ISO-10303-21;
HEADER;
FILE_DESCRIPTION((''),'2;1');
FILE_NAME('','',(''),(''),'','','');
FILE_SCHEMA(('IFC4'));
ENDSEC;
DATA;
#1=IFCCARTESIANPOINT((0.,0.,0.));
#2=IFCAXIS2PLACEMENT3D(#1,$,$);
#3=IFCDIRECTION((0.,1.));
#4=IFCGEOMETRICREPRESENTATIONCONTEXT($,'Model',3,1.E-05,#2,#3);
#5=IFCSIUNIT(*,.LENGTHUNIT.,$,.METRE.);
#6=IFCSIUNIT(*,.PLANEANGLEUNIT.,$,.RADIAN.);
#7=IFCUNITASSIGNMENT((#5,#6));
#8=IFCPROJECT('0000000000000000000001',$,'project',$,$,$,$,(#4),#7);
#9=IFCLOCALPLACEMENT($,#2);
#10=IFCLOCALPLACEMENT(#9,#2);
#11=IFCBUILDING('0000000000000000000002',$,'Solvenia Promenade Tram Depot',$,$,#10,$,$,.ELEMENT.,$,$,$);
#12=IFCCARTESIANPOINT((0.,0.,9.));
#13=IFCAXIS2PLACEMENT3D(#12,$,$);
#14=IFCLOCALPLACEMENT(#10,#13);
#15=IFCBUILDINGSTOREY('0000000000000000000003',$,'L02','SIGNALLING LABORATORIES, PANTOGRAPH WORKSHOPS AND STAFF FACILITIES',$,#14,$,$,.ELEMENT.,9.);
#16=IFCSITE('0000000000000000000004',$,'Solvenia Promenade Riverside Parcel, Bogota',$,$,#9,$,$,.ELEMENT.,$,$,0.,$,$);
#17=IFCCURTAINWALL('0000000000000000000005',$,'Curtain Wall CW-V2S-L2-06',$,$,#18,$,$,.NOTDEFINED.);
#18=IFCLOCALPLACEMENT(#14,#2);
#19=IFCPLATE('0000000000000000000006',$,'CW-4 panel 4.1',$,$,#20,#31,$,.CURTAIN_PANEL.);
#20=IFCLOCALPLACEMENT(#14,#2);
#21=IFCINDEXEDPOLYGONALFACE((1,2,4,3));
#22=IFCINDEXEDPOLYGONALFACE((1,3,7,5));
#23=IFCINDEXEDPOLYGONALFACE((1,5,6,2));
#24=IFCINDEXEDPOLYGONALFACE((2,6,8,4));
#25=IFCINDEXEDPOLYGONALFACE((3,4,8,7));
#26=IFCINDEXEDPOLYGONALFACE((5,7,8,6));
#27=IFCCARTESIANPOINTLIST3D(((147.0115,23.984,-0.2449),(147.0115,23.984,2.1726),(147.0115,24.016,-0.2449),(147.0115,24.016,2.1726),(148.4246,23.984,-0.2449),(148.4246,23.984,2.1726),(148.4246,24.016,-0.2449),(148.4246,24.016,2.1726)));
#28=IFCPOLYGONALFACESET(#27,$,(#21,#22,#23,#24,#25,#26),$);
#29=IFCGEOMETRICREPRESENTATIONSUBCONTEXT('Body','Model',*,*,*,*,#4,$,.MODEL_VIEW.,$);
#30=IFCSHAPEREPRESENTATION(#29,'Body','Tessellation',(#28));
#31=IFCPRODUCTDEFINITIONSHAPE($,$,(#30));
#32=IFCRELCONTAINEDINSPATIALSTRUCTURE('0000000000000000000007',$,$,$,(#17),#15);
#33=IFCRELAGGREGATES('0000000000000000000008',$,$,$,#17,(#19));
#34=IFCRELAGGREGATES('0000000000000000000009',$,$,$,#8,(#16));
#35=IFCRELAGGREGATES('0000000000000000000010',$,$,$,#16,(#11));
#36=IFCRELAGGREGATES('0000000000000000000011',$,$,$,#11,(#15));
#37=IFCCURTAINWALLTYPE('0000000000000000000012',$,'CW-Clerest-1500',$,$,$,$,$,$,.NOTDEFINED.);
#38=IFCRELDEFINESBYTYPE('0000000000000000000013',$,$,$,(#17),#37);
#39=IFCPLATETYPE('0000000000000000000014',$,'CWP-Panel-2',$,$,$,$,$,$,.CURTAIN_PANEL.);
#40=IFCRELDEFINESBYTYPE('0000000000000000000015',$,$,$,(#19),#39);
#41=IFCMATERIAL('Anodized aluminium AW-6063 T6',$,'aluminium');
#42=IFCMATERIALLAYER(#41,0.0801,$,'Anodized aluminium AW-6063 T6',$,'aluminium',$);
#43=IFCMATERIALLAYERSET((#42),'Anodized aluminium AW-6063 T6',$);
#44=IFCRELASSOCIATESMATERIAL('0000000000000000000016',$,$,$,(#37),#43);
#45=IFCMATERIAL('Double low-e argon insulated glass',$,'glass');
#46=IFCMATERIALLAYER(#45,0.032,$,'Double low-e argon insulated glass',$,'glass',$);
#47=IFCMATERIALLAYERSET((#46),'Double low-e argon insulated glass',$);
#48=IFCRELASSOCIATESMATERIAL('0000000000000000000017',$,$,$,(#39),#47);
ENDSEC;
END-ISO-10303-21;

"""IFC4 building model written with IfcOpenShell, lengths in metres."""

from ifc_helpers import new_model, si_unit, direction, frame, origin, origin_2d, place, context, subcontext, project, spatial, rectangle, extrude, material, layer, layer_set, type_object, element, aggregate, save


model = new_model("IFC4")

# Units and contexts
model_context = context("Model", 3, precision=1e-05, world=origin(), true_north=direction((0.0, 1.0)))
body_context = subcontext(model_context, "Body", "Model", "MODEL_VIEW")
ifc_project = project(units=[si_unit("LENGTHUNIT", "METRE"), si_unit("PLANEANGLEUNIT", "RADIAN")], contexts=[model_context])

# Site, building, storey
site_placement = place(None, origin())
site = spatial("IfcSite", under=ifc_project, at=site_placement, Name="Solvenia Promenade Riverside Parcel, Bogota", CompositionType="ELEMENT", RefElevation=0.0)
building_placement = place(site_placement, origin())
building = spatial("IfcBuilding", under=site, at=building_placement, Name="Solvenia Promenade Tram Depot", CompositionType="ELEMENT")
storey_placement = place(building_placement, frame((0.0, 0.0, 9.0)))
storey = spatial("IfcBuildingStorey", under=building, at=storey_placement, Name="L02", Description="SIGNALLING LABORATORIES, PANTOGRAPH WORKSHOPS AND STAFF FACILITIES", CompositionType="ELEMENT", Elevation=9.0)

# Shared definitions
ifc_material_1 = material(Name="Anodized aluminium AW-6063 T6", Category="aluminium")
ifc_layer_1 = layer(ifc_material_1, 0.0801, Name="Anodized aluminium AW-6063 T6", Category="aluminium")
ifc_layer_set_1 = layer_set([ifc_layer_1], Name="Anodized aluminium AW-6063 T6")
curtain_wall_type = type_object("IfcCurtainWallType", Name="CW-Clerest-1500", PredefinedType="NOTDEFINED", material=ifc_layer_set_1)

# Curtain wall
curtain_wall_1_placement = place(storey_placement, origin())
curtain_wall_1 = element("IfcCurtainWall", 1, at=curtain_wall_1_placement, inside=storey, type_object=curtain_wall_type, Name="Curtain Wall CW-V2S-L2-06", PredefinedType="NOTDEFINED")

# Plate
ifc_material_2 = material(Name="Double low-e argon insulated glass", Category="glass")
ifc_layer_2 = layer(ifc_material_2, 0.032, Name="Double low-e argon insulated glass", Category="glass")
ifc_layer_set_2 = layer_set([ifc_layer_2], Name="Double low-e argon insulated glass")
plate_type = type_object("IfcPlateType", Name="CWP-Panel-2", PredefinedType="CURTAIN_PANEL", material=ifc_layer_set_2)
plate_1_placement = place(storey_placement, frame((147.718, 24.0, -0.2449), z_axis=(0.0, 0.0, 1.0), x_axis=(1.0, 0.0, 0.0)))
plate_1 = element("IfcPlate", 2, at=plate_1_placement, type_object=plate_type, Name="CW-4 panel 4.1", PredefinedType="CURTAIN_PANEL", context=body_context, shape_type="SweptSolid", body=[
    extrude(rectangle(XDim=1.4131, YDim=0.032, at=origin_2d()), origin(), (0.0, 0.0, 1.0), 2.4175),
])
aggregate(curtain_wall_1, [plate_1])

save(model, "model.ifc")
